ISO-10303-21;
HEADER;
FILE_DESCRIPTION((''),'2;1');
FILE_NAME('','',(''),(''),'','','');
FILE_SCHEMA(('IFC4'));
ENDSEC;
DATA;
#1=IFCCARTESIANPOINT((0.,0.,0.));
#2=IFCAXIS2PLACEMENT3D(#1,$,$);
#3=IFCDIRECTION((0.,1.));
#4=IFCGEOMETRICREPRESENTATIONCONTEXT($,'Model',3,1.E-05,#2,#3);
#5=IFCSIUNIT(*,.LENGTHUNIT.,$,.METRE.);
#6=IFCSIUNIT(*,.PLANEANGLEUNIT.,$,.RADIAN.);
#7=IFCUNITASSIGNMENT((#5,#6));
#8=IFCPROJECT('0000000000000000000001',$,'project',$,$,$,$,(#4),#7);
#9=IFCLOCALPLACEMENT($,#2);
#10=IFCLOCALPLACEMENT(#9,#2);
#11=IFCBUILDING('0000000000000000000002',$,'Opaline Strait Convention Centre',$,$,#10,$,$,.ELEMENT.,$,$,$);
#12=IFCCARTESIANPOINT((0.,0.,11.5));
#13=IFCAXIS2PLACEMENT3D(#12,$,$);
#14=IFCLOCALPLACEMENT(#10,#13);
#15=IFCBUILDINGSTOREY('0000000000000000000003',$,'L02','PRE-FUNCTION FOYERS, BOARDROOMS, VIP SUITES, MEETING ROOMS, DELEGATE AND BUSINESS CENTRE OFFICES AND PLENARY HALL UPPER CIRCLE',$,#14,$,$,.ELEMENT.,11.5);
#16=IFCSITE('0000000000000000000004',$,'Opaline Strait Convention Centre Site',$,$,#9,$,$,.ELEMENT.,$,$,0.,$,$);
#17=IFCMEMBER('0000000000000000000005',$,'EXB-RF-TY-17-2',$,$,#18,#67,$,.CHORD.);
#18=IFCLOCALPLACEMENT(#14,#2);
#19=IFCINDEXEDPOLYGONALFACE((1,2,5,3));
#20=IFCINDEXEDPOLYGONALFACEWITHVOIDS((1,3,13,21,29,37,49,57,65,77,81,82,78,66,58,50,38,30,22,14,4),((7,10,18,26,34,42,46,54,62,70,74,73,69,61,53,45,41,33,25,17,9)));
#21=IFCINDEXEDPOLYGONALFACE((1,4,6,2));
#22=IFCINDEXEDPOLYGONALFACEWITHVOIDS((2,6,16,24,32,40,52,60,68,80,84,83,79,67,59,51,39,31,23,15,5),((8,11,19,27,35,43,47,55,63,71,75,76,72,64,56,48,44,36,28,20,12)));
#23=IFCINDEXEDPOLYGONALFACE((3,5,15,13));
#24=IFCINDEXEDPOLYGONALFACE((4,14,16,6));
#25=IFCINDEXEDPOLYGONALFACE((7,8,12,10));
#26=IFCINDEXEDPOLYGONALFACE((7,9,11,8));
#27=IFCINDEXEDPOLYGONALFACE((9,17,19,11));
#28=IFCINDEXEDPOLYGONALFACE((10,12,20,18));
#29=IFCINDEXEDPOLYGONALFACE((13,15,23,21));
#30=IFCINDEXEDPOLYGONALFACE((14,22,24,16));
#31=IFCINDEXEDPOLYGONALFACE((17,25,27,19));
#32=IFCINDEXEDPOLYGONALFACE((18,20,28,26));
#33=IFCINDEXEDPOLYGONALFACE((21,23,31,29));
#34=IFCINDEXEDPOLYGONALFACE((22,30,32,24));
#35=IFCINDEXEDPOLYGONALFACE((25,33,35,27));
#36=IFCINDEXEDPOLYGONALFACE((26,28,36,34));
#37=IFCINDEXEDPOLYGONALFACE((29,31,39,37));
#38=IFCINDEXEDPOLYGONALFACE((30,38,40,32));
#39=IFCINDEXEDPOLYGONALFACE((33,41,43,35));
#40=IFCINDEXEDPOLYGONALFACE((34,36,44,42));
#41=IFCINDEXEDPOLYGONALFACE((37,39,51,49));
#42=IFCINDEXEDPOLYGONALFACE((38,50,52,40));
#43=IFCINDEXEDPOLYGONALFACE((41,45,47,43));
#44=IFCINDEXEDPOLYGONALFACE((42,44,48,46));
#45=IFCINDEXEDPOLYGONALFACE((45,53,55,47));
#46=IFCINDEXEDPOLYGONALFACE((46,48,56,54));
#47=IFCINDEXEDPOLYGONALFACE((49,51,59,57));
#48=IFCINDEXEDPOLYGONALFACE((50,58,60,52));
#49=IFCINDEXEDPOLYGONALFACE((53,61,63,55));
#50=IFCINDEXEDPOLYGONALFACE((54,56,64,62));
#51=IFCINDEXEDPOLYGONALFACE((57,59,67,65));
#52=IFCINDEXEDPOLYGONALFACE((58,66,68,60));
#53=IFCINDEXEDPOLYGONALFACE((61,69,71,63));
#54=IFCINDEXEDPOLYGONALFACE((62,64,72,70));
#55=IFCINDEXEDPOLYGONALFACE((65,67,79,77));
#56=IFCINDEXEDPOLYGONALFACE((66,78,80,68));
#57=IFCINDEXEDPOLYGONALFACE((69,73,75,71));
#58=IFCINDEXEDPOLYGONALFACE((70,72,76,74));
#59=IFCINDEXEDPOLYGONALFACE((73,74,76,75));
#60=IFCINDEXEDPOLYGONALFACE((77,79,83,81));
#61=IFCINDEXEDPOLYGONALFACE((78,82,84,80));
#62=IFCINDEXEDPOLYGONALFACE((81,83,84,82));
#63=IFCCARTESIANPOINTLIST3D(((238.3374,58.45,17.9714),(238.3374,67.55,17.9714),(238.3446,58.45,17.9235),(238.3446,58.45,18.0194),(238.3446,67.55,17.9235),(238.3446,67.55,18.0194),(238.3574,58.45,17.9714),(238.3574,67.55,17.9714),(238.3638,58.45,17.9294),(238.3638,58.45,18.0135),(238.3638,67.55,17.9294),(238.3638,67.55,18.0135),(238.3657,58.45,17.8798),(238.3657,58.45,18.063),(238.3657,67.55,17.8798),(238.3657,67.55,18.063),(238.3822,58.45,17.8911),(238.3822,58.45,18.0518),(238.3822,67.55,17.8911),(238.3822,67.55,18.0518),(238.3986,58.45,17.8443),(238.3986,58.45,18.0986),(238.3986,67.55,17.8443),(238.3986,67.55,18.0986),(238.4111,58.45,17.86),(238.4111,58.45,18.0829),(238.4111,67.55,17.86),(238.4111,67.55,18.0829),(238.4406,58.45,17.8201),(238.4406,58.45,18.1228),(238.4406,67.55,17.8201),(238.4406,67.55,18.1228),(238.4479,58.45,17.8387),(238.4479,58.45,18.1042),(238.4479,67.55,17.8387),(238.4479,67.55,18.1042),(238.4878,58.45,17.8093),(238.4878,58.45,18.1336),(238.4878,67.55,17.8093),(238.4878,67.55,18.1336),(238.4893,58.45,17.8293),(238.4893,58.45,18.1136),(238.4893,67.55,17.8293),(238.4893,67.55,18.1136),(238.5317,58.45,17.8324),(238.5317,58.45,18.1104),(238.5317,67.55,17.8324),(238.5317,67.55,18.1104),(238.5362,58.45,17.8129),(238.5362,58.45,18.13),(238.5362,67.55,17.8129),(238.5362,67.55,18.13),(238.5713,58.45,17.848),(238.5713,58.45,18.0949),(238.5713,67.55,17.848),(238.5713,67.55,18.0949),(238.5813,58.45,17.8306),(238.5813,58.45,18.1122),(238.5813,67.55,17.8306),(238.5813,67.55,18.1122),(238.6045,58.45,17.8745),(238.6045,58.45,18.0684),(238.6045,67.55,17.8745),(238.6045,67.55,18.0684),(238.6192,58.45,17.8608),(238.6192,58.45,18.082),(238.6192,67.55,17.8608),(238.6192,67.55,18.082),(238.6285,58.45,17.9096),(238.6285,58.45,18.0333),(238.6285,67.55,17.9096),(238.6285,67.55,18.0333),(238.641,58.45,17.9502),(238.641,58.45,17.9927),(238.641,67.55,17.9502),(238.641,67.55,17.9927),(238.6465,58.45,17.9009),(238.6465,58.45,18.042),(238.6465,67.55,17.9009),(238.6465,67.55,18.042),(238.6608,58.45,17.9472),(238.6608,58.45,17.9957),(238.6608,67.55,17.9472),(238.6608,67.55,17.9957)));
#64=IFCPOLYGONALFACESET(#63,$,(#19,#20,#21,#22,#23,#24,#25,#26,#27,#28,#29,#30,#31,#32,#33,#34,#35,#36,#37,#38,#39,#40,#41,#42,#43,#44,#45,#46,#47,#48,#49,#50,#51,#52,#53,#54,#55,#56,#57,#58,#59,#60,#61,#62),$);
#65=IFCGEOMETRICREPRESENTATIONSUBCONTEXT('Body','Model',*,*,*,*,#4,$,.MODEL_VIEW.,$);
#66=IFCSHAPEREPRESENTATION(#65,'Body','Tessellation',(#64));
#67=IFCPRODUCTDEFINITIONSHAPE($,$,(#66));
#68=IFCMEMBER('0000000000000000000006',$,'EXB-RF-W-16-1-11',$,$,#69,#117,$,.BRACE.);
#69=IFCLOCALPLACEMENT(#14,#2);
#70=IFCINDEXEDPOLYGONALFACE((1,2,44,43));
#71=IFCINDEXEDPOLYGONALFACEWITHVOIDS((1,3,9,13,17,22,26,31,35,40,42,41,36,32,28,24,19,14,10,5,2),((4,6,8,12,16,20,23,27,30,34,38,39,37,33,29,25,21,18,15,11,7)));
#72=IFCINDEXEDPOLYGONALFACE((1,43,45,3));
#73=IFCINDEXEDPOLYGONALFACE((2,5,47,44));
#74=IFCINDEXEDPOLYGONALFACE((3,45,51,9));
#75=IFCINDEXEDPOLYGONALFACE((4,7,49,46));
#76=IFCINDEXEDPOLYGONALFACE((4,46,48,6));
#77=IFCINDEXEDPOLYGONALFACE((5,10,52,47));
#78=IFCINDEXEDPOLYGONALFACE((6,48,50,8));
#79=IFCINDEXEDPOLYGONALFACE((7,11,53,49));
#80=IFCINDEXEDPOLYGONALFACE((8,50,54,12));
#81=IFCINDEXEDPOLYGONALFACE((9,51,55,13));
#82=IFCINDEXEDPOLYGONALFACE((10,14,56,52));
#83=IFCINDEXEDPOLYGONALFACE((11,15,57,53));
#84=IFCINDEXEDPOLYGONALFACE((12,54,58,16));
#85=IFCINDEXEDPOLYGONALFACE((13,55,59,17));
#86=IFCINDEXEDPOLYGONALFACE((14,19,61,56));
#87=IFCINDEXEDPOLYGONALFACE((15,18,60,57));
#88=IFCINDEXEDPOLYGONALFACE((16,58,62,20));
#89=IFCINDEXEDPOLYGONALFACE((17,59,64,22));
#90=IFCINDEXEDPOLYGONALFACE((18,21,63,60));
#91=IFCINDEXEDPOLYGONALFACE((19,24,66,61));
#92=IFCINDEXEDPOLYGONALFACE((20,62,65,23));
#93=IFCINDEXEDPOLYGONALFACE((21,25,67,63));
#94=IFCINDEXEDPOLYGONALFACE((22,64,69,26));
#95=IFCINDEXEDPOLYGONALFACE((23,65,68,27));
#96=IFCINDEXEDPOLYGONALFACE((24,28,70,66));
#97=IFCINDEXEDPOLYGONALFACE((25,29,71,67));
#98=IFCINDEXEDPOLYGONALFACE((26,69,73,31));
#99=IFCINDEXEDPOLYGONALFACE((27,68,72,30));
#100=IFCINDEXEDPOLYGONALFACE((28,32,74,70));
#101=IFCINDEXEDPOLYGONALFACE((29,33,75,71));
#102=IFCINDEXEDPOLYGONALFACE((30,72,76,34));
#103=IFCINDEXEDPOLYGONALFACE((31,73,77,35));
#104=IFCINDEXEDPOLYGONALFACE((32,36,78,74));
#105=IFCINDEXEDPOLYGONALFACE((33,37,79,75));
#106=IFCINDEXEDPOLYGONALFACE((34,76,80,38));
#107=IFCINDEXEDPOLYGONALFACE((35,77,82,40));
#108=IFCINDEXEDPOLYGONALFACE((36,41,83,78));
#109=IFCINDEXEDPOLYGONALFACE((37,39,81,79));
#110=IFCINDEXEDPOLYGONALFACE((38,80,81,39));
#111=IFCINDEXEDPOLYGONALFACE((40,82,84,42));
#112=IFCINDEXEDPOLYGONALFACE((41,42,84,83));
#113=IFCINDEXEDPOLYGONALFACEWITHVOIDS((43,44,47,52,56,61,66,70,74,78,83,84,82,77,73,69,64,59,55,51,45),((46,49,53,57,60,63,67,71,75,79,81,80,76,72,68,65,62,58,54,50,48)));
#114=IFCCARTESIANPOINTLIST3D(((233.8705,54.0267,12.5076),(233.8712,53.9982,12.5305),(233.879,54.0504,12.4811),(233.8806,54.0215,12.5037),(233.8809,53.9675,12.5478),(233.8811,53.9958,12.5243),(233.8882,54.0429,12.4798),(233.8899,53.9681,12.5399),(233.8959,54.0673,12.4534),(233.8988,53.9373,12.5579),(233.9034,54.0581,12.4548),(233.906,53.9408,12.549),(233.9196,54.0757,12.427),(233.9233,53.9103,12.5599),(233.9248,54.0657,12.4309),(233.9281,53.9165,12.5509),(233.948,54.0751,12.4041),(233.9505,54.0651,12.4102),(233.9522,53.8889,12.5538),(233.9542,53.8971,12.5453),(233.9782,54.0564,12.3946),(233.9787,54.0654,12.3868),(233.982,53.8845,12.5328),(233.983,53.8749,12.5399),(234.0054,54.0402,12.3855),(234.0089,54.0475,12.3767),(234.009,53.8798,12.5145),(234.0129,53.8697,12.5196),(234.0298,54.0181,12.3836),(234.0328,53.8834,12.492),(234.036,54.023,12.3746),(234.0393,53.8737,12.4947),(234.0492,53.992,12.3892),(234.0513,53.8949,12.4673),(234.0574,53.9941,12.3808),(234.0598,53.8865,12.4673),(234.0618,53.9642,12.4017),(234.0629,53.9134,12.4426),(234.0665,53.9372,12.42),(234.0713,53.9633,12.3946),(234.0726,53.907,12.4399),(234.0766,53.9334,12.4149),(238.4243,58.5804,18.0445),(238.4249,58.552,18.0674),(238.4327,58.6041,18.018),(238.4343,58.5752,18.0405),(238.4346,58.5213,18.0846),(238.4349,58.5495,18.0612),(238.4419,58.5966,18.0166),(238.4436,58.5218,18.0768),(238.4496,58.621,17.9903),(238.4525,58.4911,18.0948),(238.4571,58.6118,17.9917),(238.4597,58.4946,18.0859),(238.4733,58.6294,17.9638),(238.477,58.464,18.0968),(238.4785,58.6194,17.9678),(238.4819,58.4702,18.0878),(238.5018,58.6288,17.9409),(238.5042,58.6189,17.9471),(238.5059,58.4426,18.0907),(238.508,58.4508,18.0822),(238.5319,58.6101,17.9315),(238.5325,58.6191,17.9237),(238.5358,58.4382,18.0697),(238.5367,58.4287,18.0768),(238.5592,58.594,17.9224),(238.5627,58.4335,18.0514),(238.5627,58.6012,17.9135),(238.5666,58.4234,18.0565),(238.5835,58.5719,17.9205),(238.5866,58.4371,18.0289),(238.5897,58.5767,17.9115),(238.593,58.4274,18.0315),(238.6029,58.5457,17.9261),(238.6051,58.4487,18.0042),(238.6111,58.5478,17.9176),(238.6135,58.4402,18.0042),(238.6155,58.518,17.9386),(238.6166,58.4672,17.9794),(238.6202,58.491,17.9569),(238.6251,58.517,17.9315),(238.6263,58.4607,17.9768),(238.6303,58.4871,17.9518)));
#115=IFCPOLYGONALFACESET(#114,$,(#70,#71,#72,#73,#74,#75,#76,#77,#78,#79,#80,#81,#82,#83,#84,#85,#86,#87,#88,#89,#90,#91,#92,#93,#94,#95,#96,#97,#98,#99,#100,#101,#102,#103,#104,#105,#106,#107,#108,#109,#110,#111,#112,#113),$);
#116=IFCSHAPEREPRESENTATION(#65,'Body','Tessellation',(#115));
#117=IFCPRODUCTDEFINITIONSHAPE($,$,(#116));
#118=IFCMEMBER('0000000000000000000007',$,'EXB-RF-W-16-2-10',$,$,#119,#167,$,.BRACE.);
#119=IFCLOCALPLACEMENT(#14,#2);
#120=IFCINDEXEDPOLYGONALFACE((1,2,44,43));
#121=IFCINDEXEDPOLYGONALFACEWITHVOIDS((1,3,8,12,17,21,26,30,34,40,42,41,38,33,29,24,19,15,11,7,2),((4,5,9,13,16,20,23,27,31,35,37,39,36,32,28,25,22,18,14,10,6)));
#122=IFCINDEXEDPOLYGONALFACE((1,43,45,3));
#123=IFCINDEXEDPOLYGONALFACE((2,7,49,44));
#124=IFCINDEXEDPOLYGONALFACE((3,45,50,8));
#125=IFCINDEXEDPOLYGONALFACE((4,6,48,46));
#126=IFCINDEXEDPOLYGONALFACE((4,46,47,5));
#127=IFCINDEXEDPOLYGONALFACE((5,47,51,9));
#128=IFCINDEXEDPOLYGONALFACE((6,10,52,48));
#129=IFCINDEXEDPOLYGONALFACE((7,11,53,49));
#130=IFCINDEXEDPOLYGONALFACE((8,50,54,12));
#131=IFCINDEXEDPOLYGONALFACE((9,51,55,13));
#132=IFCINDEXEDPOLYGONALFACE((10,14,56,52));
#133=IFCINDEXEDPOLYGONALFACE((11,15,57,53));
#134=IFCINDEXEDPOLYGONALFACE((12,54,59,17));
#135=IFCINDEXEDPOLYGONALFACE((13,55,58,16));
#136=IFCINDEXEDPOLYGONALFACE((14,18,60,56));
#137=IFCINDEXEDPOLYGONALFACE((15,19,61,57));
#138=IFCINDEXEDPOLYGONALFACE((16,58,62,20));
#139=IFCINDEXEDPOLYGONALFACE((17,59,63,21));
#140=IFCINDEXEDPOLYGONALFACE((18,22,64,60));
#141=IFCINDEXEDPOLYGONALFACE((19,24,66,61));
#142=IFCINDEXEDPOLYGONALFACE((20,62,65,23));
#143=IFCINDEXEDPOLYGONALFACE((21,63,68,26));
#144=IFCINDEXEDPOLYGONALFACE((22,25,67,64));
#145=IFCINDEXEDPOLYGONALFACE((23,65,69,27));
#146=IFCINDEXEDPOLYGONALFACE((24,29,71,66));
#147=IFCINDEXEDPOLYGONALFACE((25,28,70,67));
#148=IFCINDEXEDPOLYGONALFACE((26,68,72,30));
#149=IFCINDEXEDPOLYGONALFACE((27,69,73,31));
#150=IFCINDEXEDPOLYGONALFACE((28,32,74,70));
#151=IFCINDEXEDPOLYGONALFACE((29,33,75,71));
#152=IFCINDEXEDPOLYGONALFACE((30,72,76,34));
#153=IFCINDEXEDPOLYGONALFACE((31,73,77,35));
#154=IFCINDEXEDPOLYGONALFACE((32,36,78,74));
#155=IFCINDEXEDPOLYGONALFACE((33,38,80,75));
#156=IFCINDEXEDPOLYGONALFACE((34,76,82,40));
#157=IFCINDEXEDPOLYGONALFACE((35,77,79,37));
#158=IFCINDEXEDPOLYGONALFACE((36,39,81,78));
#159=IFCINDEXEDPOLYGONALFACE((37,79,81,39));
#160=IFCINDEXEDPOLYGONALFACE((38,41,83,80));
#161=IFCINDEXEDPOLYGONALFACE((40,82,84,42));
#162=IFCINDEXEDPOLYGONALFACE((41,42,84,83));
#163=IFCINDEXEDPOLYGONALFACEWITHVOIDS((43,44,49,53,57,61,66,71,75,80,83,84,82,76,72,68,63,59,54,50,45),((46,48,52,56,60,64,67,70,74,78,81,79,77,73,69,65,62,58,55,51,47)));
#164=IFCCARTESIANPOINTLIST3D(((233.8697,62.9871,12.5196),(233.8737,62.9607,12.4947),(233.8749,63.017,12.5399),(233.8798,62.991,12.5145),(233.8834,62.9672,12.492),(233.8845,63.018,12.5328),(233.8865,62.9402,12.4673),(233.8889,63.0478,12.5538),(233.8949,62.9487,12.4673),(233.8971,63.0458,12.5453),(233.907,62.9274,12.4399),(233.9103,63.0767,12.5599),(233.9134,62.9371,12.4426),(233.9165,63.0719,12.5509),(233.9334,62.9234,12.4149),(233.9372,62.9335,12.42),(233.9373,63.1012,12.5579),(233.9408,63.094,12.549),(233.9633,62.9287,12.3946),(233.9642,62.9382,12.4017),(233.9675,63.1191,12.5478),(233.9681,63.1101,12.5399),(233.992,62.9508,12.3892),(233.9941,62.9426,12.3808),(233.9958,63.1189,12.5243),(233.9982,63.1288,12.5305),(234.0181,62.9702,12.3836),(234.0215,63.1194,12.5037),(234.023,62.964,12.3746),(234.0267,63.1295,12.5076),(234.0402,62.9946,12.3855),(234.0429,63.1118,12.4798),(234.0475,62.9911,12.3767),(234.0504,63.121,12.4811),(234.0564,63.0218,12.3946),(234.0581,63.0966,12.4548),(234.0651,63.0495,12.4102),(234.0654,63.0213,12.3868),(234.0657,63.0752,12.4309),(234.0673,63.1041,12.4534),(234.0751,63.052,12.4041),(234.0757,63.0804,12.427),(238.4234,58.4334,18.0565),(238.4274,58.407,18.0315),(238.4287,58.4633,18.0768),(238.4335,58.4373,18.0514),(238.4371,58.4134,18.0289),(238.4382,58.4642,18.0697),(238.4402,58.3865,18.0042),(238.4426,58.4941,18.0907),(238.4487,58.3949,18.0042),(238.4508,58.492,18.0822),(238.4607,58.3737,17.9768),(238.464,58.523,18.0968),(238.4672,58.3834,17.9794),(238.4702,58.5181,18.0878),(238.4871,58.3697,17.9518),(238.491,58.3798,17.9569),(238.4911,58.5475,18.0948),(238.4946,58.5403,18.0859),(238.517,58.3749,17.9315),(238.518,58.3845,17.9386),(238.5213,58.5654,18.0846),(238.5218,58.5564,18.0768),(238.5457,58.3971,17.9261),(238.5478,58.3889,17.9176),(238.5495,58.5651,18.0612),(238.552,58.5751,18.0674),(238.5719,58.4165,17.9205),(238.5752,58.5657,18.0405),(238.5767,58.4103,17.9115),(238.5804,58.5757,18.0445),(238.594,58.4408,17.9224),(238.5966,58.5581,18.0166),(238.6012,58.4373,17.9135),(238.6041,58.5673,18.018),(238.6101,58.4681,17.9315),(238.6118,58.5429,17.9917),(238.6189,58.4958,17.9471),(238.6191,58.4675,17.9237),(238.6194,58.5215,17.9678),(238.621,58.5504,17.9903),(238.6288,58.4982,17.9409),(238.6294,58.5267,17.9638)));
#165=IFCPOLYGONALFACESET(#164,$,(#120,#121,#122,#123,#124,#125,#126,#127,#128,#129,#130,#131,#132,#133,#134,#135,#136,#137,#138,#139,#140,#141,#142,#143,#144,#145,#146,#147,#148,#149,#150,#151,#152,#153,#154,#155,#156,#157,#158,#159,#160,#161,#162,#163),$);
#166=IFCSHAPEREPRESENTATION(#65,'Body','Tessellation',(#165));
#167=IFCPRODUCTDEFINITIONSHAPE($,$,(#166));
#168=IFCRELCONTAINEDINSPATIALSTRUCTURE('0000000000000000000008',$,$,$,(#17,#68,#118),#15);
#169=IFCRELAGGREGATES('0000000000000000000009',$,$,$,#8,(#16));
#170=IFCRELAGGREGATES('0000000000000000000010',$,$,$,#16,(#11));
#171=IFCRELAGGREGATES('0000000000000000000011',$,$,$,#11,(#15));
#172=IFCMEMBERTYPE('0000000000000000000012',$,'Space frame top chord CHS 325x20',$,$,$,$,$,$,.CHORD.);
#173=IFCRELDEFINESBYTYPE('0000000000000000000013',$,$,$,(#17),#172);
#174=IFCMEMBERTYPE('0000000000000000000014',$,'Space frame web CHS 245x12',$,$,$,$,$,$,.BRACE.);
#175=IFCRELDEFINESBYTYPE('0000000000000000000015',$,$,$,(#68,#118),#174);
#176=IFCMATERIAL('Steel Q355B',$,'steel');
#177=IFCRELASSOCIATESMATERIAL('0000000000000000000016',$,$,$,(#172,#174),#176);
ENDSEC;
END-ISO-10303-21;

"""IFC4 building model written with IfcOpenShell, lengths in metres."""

from ifc_helpers import new_model, si_unit, direction, frame, origin, origin_2d, place, context, subcontext, project, spatial, hollow_circle, extrude, material, material_profile, profile_set, type_object, element, save


model = new_model("IFC4")

# Units and contexts
model_context = context("Model", 3, precision=1e-05, world=origin(), true_north=direction((0.0, 1.0)))
body_context = subcontext(model_context, "Body", "Model", "MODEL_VIEW")
ifc_project = project(units=[si_unit("LENGTHUNIT", "METRE"), si_unit("PLANEANGLEUNIT", "RADIAN")], contexts=[model_context])

# Site, building, storey
site_placement = place(None, origin())
site = spatial("IfcSite", under=ifc_project, at=site_placement, Name="Opaline Strait Convention Centre Site", CompositionType="ELEMENT", RefElevation=0.0)
building_placement = place(site_placement, origin())
building = spatial("IfcBuilding", under=site, at=building_placement, Name="Opaline Strait Convention Centre", CompositionType="ELEMENT")
storey_placement = place(building_placement, frame((0.0, 0.0, 11.5)))
storey = spatial("IfcBuildingStorey", under=building, at=storey_placement, Name="L02", Description="PRE-FUNCTION FOYERS, BOARDROOMS, VIP SUITES, MEETING ROOMS, DELEGATE AND BUSINESS CENTRE OFFICES AND PLENARY HALL UPPER CIRCLE", CompositionType="ELEMENT", Elevation=11.5)

# Members
ifc_material_1 = material(Name="Steel Q355B", Category="steel")
ifc_material_profile_1 = material_profile(ifc_material_1, hollow_circle(Radius=0.1626, WallThickness=0.02, at=origin_2d()), Name="CHS 325x20")
ifc_profile_set_1 = profile_set([ifc_material_profile_1], Name="Steel Q355B")
member_type_1 = type_object("IfcMemberType", Name="Space frame top chord CHS 325x20", PredefinedType="CHORD", material=ifc_profile_set_1)
for number, where, z_axis, x_axis, name in (
    (1, (238.5, 58.45, 17.9714), (0.0, 1.0, 0.0), (-1.0, 0.0, 0.0), "EXB-RF-TY-17-2"),
):
    element("IfcMember", number, at=place(storey_placement, frame(where, z_axis=z_axis, x_axis=x_axis)), inside=storey, type_object=member_type_1, Name=name, PredefinedType="CHORD", context=body_context, shape_type="SweptSolid", body=[
        extrude(hollow_circle(Radius=0.1626, WallThickness=0.02, at=origin_2d()), origin(), (0.0, 0.0, 1.0), 9.1001),
    ])
ifc_material_profile_2 = material_profile(ifc_material_1, hollow_circle(Radius=0.1226, WallThickness=0.012, at=origin_2d()), Name="CHS 245x12")
ifc_profile_set_2 = profile_set([ifc_material_profile_2], Name="Steel Q355B")
member_type_2 = type_object("IfcMemberType", Name="Space frame web CHS 245x12", PredefinedType="BRACE", material=ifc_profile_set_2)
for number, where, z_axis, x_axis, name in (
    (2, (238.5269, 58.5269, 18.0042), (-0.536178, -0.536178, -0.65194), (0.707107, -0.707107, 0.0), "EXB-RF-W-16-1-11"),
    (3, (238.5269, 58.4731, 18.0042), (-0.536178, 0.536178, -0.65194), (-0.707107, -0.707107, 0.0), "EXB-RF-W-16-2-10"),
):
    element("IfcMember", number, at=place(storey_placement, frame(where, z_axis=z_axis, x_axis=x_axis)), inside=storey, type_object=member_type_2, Name=name, PredefinedType="BRACE", context=body_context, shape_type="SweptSolid", body=[
        extrude(hollow_circle(Radius=0.1226, WallThickness=0.012, at=origin_2d()), origin(), (0.0, 0.0, 1.0), 8.4929),
    ])

save(model, "model.ifc")
